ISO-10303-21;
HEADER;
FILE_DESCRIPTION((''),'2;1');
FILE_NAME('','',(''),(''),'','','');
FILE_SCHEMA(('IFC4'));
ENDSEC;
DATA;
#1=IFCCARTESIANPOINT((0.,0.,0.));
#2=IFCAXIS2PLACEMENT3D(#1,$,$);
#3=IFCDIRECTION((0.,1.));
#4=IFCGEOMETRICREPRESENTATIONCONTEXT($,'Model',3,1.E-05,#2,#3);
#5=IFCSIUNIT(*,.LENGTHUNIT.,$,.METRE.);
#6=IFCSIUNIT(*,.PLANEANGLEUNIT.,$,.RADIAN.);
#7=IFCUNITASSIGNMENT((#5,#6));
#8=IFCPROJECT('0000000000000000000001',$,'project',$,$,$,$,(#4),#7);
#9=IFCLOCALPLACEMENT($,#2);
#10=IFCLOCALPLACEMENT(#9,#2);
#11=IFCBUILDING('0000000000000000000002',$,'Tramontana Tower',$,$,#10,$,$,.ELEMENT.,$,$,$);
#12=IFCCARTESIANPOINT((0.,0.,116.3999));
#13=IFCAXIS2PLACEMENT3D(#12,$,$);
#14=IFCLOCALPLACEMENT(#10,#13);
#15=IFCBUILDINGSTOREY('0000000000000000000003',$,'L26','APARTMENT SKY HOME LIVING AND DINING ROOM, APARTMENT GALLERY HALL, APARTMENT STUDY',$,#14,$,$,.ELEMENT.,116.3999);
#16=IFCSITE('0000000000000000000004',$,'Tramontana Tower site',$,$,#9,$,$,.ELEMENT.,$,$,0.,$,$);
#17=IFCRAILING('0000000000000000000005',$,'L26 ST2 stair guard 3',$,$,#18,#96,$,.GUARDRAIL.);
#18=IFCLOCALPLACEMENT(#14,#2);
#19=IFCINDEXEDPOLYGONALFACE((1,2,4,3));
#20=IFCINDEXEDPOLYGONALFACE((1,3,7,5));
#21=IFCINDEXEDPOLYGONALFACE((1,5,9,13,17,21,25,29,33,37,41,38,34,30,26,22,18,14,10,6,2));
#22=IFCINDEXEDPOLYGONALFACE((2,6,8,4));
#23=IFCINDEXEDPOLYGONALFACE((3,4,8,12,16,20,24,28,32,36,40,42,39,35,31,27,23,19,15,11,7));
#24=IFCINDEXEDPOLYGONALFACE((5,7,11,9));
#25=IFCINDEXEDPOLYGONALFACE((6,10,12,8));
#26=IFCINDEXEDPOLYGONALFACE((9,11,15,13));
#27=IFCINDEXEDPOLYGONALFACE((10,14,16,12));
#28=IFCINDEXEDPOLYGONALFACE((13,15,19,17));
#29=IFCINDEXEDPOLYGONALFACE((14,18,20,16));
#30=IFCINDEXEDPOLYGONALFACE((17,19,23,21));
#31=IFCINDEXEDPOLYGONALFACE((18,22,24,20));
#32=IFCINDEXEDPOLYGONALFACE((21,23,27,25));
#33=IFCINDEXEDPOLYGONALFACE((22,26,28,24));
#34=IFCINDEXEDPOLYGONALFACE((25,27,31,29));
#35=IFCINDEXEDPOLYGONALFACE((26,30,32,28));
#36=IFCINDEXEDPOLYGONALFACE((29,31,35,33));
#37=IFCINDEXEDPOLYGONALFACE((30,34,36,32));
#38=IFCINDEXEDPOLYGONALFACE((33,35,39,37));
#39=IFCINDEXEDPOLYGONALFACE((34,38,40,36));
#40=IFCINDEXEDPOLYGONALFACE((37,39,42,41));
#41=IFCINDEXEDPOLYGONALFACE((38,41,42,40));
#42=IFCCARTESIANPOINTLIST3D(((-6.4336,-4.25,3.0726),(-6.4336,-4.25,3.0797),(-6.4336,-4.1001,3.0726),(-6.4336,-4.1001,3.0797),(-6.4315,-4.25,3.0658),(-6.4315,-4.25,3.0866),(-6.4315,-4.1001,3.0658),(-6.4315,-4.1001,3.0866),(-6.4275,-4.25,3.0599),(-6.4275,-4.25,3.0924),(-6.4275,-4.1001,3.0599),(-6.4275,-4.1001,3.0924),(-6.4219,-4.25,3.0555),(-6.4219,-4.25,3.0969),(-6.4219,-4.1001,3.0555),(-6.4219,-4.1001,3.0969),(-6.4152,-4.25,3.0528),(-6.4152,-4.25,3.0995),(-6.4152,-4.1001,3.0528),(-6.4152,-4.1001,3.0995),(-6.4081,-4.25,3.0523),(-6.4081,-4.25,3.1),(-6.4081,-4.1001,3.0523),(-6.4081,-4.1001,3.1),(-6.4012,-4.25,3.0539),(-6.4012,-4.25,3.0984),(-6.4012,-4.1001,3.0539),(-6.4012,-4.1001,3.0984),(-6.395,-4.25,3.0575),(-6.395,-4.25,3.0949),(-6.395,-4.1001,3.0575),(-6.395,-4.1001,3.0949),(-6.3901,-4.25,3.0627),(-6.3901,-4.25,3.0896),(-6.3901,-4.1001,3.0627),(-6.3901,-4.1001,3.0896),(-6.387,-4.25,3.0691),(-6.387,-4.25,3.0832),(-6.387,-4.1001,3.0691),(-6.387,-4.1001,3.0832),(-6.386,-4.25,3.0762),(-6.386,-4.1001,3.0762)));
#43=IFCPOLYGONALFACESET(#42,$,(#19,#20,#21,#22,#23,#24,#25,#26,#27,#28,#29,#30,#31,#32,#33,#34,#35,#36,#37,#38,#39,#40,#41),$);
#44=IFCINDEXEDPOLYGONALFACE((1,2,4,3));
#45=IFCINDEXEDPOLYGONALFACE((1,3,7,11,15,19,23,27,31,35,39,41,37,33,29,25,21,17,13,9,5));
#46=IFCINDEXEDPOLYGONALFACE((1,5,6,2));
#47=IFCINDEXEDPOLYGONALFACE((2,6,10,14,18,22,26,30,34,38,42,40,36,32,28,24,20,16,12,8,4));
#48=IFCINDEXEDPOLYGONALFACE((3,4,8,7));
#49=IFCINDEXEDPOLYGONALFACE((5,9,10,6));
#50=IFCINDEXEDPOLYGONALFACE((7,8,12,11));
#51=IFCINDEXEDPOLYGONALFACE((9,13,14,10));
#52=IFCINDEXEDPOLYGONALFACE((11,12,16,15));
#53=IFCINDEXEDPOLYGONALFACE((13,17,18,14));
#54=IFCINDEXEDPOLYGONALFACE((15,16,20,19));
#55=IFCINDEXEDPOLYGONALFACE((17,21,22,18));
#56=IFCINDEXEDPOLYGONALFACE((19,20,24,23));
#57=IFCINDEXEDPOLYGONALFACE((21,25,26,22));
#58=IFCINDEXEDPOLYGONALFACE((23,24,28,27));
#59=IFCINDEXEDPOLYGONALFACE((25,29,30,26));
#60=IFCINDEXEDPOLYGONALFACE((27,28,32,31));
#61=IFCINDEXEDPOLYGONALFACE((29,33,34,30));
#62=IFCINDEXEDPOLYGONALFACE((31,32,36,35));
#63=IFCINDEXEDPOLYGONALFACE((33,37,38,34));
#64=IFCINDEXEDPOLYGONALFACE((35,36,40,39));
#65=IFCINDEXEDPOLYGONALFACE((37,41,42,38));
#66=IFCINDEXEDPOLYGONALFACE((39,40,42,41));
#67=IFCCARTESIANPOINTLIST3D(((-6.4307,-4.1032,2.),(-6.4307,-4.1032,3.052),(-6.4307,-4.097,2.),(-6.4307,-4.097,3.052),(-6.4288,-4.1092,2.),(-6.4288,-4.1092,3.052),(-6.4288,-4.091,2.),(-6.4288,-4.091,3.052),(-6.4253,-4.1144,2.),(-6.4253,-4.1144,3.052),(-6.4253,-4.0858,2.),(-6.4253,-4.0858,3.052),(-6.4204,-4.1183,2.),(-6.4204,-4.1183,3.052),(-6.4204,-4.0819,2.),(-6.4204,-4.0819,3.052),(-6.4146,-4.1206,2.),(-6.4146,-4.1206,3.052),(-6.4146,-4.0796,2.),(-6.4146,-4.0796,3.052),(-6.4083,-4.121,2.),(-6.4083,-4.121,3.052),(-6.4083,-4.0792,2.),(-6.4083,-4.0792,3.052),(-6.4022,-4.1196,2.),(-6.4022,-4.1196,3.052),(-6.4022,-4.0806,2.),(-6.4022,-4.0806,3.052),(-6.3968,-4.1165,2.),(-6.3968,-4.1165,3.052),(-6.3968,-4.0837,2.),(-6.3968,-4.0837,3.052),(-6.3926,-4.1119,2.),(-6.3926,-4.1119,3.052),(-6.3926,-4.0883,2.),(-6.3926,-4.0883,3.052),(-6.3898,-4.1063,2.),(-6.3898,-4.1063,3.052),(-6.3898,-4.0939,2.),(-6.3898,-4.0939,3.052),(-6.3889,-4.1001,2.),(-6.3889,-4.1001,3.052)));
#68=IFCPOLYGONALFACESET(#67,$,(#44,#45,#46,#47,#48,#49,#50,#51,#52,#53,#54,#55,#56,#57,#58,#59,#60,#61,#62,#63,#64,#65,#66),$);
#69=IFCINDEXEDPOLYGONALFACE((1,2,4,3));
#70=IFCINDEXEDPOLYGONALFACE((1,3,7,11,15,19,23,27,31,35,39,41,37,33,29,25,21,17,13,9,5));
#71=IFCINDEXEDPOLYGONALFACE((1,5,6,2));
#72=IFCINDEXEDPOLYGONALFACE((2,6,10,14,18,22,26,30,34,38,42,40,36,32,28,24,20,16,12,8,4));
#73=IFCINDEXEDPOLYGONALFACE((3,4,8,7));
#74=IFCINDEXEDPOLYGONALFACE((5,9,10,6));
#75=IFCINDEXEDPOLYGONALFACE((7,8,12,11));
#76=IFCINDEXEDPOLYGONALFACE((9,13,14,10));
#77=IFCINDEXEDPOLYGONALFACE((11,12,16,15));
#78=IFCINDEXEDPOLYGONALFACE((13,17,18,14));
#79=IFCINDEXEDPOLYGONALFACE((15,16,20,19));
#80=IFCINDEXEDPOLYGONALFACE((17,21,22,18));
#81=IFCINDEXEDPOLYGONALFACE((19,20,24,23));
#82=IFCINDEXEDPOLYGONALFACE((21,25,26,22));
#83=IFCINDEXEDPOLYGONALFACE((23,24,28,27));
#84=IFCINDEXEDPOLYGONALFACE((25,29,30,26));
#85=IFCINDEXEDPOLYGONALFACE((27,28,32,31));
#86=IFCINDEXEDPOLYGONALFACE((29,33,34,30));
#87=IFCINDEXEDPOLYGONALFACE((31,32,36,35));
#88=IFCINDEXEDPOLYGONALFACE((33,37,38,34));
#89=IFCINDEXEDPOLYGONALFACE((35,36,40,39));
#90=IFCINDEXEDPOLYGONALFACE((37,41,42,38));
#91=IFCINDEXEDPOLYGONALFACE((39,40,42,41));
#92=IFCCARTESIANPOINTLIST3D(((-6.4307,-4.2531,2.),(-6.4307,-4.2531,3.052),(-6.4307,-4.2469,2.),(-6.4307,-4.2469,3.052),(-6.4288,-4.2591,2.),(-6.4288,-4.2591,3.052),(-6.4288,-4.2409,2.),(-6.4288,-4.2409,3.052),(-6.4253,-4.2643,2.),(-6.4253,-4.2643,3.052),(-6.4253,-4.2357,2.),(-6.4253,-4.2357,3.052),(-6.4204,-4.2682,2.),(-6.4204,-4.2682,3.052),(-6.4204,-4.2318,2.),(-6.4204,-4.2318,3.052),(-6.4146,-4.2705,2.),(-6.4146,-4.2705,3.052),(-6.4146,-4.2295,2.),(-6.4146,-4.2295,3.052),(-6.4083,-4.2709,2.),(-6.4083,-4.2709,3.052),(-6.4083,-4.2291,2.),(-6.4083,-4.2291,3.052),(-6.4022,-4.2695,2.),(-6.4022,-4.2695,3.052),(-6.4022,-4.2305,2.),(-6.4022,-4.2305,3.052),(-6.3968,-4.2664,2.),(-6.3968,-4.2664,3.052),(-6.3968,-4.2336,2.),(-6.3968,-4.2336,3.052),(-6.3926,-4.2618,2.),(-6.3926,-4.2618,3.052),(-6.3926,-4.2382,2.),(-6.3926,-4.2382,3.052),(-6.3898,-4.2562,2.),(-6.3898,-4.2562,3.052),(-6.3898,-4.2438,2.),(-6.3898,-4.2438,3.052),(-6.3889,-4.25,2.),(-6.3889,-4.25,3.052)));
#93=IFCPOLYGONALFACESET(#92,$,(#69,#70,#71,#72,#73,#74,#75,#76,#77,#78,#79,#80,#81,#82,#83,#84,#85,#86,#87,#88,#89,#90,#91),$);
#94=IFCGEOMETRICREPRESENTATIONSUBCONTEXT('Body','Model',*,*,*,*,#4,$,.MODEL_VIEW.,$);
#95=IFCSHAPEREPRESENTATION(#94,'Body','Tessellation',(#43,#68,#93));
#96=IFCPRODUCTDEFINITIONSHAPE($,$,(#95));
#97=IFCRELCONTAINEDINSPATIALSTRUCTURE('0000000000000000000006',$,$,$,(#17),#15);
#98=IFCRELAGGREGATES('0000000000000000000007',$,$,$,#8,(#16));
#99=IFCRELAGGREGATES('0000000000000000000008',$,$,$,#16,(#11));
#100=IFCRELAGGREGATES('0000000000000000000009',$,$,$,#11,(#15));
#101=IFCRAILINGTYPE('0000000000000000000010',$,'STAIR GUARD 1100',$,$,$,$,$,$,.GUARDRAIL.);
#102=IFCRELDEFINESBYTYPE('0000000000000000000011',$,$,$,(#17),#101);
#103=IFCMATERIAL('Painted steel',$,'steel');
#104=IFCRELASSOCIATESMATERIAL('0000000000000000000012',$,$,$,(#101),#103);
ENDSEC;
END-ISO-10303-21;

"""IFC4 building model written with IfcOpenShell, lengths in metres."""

from ifc_helpers import new_model, si_unit, direction, frame, origin, origin_2d, place, context, subcontext, project, spatial, circle, extrude, material, type_object, element, save


model = new_model("IFC4")

# Units and contexts
model_context = context("Model", 3, precision=1e-05, world=origin(), true_north=direction((0.0, 1.0)))
body_context = subcontext(model_context, "Body", "Model", "MODEL_VIEW")
ifc_project = project(units=[si_unit("LENGTHUNIT", "METRE"), si_unit("PLANEANGLEUNIT", "RADIAN")], contexts=[model_context])

# Site, building, storey
site_placement = place(None, origin())
site = spatial("IfcSite", under=ifc_project, at=site_placement, Name="Tramontana Tower site", CompositionType="ELEMENT", RefElevation=0.0)
building_placement = place(site_placement, origin())
building = spatial("IfcBuilding", under=site, at=building_placement, Name="Tramontana Tower", CompositionType="ELEMENT")
storey_placement = place(building_placement, frame((0.0, 0.0, 116.3999)))
storey = spatial("IfcBuildingStorey", under=building, at=storey_placement, Name="L26", Description="APARTMENT SKY HOME LIVING AND DINING ROOM, APARTMENT GALLERY HALL, APARTMENT STUDY", CompositionType="ELEMENT", Elevation=116.3999)

# Railing
ifc_material_1 = material(Name="Painted steel", Category="steel")
railing_type_1 = type_object("IfcRailingType", Name="STAIR GUARD 1100", PredefinedType="GUARDRAIL", material=ifc_material_1)
railing_1_placement = place(storey_placement, frame((-6.4099, -4.1001, 2.0)))
element("IfcRailing", 1, at=railing_1_placement, inside=storey, type_object=railing_type_1, Name="L26 ST2 stair guard 3", PredefinedType="GUARDRAIL", context=body_context, shape_type="SweptSolid", body=[
    extrude(circle(Radius=0.0239, at=origin_2d()), frame((0.0, 0.0, 1.0762), z_axis=(0.0, -1.0, 0.0), x_axis=(1.0, 0.0, 0.0)), (0.0, 0.0, 1.0), 0.1499),
    extrude(circle(Radius=0.021, at=origin_2d()), origin(), (0.0, 0.0, 1.0), 1.052),
    extrude(circle(Radius=0.021, at=origin_2d()), frame((0.0, -0.1499, 0.0)), (0.0, 0.0, 1.0), 1.052),
])

save(model, "model.ifc")
